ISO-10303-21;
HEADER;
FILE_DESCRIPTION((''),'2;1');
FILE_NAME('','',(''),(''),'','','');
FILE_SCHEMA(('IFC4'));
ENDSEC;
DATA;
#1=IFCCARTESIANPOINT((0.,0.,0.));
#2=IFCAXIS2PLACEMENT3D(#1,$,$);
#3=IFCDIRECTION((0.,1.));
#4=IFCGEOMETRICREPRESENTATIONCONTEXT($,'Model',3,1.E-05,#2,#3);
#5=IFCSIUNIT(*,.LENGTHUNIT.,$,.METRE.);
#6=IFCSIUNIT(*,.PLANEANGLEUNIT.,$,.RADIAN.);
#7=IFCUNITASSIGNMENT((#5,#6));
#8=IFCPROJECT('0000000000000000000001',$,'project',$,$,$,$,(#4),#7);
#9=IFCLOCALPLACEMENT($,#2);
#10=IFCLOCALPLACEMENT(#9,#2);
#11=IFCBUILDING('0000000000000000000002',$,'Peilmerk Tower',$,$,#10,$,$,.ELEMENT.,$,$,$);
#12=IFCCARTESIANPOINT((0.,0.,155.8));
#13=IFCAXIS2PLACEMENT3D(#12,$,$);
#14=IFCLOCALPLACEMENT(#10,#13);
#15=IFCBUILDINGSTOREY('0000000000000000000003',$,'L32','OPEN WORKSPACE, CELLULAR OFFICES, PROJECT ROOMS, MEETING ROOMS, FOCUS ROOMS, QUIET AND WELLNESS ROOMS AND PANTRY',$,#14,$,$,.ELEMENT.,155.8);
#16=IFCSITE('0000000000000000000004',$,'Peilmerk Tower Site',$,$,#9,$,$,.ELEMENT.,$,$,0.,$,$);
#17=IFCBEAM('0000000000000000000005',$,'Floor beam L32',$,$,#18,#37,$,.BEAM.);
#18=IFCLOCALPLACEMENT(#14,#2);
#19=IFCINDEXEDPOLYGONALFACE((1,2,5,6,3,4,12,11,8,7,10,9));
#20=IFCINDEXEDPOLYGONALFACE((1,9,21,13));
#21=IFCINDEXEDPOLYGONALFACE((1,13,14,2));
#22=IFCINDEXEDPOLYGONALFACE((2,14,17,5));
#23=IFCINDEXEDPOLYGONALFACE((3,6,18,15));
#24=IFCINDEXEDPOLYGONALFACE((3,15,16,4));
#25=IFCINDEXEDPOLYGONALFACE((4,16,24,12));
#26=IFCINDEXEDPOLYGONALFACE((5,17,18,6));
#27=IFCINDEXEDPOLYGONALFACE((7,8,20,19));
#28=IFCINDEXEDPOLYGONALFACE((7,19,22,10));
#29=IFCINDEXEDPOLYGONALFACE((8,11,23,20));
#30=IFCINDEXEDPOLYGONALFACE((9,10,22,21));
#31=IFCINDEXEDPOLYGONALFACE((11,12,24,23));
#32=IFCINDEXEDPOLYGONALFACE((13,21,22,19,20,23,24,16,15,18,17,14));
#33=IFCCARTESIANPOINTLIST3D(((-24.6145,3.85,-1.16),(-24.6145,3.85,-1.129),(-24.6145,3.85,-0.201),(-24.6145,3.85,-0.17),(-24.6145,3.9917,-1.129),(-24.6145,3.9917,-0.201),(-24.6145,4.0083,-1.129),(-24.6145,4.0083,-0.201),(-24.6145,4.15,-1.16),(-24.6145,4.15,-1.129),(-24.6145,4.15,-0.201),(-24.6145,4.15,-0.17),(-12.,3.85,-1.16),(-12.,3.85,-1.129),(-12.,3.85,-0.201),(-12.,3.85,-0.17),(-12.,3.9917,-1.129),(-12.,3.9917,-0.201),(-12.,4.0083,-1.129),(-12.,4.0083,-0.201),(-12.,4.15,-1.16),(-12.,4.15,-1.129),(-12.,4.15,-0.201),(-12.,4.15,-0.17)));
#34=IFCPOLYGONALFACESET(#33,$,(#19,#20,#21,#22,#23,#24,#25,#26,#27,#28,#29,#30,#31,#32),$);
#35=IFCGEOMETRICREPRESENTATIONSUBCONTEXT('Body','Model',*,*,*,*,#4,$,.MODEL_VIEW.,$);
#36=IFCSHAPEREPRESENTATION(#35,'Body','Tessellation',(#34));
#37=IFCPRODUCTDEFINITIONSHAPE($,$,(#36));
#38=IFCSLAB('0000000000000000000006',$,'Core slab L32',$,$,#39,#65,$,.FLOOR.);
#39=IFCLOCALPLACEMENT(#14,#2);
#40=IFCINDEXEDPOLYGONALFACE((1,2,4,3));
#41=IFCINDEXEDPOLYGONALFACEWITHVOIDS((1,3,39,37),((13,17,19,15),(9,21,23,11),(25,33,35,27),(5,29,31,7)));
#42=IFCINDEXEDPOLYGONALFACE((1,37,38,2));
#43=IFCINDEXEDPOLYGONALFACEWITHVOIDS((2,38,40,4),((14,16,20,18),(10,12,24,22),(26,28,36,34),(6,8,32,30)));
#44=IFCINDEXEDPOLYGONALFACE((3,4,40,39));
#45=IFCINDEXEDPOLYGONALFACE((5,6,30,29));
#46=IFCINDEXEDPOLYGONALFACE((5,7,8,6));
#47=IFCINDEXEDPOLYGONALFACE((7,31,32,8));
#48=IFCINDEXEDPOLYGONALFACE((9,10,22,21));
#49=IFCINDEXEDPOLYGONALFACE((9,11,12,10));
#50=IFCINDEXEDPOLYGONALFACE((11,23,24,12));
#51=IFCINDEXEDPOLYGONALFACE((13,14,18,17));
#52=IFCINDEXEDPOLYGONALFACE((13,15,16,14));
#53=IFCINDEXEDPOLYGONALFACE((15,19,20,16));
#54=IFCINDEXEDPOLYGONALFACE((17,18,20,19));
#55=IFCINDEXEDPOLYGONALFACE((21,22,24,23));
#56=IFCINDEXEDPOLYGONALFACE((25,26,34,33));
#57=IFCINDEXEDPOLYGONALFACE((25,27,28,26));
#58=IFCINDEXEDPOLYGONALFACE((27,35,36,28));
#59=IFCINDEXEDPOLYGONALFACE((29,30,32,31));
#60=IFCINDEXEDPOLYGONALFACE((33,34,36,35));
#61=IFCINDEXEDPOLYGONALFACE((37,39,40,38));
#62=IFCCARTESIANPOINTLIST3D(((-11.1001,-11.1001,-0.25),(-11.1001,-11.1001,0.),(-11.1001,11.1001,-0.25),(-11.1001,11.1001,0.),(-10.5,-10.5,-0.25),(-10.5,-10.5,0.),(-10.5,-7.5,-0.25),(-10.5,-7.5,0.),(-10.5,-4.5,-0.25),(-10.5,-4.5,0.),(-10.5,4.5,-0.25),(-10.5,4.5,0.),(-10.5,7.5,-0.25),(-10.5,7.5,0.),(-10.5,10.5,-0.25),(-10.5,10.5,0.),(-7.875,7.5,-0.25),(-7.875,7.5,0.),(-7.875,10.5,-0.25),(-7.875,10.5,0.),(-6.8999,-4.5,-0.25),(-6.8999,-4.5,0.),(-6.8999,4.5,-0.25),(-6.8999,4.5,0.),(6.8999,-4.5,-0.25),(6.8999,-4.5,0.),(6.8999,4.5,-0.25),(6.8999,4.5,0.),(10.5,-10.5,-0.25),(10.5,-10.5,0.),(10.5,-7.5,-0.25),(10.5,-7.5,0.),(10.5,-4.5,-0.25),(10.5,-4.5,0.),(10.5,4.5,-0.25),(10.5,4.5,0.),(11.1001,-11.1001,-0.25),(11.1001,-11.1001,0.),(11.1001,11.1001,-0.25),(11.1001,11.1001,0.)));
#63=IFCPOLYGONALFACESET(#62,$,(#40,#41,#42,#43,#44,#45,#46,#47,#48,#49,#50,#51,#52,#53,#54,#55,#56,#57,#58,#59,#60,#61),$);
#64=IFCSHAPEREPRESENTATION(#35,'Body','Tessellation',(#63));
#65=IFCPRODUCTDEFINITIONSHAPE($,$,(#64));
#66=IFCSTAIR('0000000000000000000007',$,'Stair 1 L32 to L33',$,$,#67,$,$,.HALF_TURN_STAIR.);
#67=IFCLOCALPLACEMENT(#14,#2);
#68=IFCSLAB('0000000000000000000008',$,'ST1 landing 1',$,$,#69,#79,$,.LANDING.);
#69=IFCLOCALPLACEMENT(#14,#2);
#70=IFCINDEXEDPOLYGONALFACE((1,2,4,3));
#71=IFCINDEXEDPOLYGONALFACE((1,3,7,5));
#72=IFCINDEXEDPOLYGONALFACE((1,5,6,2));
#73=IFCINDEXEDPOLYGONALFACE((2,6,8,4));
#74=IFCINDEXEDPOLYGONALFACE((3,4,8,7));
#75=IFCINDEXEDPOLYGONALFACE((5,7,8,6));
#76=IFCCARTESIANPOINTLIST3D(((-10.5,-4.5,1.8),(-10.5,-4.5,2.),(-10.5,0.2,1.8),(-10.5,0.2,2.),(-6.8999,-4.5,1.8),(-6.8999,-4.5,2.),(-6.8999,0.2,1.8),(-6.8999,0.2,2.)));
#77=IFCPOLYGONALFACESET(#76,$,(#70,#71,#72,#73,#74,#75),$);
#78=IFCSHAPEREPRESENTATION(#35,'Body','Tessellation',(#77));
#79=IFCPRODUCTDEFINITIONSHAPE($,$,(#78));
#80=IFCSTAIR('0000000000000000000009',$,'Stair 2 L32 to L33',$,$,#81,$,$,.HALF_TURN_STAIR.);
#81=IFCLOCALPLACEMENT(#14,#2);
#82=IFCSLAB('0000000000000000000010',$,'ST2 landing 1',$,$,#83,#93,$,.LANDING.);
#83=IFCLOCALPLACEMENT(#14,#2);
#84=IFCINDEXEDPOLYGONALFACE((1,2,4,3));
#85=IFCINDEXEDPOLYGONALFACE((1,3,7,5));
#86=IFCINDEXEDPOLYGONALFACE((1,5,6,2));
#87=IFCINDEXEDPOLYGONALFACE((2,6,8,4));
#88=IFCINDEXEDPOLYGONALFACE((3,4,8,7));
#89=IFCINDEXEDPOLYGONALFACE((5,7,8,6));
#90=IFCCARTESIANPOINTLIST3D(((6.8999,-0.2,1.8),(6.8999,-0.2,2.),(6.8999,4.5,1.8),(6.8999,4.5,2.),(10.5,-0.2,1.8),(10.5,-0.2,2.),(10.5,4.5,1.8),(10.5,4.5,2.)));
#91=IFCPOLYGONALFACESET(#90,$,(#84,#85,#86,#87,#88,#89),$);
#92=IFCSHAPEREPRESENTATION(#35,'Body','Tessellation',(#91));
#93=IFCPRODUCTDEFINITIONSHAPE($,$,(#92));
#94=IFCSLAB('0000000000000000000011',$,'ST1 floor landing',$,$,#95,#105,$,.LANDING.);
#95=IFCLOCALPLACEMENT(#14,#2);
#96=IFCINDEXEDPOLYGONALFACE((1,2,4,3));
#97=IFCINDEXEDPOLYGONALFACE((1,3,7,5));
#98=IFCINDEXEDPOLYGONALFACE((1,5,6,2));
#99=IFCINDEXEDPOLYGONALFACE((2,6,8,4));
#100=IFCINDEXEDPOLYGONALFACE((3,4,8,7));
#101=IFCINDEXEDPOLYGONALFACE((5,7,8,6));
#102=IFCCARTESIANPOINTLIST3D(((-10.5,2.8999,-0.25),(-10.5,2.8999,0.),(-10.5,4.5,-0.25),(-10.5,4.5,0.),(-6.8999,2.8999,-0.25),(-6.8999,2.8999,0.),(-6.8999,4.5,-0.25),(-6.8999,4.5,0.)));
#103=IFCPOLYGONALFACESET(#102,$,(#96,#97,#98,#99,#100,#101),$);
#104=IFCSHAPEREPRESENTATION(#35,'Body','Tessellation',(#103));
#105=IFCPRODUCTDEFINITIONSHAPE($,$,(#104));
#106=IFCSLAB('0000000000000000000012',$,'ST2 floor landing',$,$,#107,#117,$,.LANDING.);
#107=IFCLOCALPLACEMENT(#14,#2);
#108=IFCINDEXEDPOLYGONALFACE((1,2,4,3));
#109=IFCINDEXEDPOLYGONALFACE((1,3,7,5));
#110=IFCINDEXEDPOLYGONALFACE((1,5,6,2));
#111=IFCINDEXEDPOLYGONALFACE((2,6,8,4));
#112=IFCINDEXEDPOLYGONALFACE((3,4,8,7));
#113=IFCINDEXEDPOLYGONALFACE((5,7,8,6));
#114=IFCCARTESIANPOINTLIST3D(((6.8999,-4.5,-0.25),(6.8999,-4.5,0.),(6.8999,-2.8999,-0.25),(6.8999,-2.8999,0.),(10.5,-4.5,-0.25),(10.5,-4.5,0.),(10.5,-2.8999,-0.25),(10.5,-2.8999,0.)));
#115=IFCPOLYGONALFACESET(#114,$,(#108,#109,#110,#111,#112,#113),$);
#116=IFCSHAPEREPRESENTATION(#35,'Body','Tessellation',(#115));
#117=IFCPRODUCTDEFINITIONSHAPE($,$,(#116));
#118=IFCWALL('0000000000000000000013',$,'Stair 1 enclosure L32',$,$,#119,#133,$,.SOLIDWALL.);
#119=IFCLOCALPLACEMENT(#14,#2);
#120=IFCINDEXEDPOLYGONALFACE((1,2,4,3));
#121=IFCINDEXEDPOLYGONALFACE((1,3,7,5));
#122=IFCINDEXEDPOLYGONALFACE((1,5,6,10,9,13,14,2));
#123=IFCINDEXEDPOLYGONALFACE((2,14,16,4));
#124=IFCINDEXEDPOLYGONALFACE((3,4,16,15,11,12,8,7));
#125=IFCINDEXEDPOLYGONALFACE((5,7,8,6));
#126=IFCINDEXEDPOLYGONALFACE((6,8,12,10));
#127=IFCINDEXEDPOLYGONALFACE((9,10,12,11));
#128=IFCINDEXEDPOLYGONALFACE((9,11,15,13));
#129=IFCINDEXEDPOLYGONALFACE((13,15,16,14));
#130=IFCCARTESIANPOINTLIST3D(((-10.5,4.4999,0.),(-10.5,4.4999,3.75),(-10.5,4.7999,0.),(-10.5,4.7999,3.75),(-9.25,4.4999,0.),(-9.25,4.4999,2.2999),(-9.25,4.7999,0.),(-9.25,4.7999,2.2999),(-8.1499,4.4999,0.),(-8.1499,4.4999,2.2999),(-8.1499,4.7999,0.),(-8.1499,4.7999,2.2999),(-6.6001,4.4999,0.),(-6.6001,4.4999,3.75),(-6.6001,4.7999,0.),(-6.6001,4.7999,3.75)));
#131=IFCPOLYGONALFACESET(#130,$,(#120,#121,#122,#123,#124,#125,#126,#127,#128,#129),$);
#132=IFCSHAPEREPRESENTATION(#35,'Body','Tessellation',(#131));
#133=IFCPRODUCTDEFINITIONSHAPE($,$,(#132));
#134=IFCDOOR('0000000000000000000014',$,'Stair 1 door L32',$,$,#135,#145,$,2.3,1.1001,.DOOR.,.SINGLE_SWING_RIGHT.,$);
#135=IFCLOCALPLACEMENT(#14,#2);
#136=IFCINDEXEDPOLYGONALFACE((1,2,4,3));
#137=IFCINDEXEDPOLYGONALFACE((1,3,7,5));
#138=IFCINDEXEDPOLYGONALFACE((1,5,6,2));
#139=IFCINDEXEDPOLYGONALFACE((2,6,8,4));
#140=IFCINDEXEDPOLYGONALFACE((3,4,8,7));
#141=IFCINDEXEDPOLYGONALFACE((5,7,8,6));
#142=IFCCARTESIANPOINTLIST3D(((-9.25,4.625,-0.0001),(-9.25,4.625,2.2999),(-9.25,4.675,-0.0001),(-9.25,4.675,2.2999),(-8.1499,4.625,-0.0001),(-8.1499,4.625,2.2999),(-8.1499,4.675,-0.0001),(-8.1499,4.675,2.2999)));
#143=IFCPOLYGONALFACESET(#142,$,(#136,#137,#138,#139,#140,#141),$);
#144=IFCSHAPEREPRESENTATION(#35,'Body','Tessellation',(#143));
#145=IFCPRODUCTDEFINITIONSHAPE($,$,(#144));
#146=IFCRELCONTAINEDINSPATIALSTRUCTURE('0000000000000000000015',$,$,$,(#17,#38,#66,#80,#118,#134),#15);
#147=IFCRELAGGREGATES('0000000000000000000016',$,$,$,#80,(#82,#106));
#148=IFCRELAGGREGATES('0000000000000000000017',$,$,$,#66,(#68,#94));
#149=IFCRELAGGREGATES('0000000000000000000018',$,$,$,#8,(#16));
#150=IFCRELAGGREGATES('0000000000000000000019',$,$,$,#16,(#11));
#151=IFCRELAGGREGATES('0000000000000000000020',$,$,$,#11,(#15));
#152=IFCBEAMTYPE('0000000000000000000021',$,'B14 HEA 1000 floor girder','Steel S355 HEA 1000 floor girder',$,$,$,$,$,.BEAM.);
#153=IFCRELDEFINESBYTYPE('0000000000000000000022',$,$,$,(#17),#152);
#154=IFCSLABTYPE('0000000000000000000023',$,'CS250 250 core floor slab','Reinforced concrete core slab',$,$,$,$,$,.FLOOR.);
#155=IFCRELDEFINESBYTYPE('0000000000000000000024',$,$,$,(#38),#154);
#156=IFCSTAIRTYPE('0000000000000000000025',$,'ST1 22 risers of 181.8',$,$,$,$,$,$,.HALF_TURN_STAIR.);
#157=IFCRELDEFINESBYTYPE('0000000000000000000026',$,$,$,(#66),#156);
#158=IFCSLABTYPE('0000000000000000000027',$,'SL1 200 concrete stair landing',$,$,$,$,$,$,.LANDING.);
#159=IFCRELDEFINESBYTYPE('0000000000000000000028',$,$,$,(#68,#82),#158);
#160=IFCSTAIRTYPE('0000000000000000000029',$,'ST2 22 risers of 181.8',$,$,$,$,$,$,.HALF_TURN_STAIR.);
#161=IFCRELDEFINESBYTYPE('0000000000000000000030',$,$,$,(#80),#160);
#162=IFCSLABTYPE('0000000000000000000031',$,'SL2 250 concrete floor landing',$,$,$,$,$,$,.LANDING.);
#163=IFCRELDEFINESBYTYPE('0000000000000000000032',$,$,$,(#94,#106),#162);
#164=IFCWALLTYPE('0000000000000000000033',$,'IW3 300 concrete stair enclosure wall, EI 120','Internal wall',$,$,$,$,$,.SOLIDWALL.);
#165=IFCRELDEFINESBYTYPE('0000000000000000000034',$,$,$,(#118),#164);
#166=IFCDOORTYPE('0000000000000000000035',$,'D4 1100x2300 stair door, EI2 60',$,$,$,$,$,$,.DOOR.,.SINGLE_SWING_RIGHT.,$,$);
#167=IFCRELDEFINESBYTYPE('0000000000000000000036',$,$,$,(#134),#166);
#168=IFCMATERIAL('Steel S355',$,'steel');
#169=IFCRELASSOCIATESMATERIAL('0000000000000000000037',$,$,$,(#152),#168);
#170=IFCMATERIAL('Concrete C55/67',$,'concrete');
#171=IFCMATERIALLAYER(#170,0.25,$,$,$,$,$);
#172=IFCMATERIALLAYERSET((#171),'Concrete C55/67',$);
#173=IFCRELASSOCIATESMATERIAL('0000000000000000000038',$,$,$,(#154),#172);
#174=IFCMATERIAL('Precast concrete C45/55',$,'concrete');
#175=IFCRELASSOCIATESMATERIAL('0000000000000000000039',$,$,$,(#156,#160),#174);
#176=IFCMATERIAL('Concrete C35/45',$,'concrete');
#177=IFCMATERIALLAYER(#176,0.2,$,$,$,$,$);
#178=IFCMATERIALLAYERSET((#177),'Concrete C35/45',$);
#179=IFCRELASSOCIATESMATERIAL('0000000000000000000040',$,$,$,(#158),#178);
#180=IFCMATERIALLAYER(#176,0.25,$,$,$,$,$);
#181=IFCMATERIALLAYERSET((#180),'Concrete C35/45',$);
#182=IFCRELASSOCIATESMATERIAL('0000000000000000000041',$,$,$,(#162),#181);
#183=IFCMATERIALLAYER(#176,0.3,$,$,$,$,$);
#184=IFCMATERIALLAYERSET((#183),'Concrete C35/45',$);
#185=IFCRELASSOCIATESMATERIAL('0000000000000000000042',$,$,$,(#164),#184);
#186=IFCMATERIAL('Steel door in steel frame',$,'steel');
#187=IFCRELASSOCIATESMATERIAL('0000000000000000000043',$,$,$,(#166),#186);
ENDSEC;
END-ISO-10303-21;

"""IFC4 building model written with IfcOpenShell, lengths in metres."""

from ifc_helpers import new_model, si_unit, direction, frame, frame_2d, origin, origin_2d, place, context, subcontext, project, spatial, polyline, rectangle, i_section, outline, extrude, material, layer, layer_set, material_profile, profile_set, type_object, element, fill, aggregate, save


model = new_model("IFC4")

# Units and contexts
model_context = context("Model", 3, precision=1e-05, world=origin(), true_north=direction((0.0, 1.0)))
body_context = subcontext(model_context, "Body", "Model", "MODEL_VIEW")
ifc_project = project(units=[si_unit("LENGTHUNIT", "METRE"), si_unit("PLANEANGLEUNIT", "RADIAN")], contexts=[model_context])

# Site, building, storey
site_placement = place(None, origin())
site = spatial("IfcSite", under=ifc_project, at=site_placement, Name="Peilmerk Tower Site", CompositionType="ELEMENT", RefElevation=0.0)
building_placement = place(site_placement, origin())
building = spatial("IfcBuilding", under=site, at=building_placement, Name="Peilmerk Tower", CompositionType="ELEMENT")
storey_placement = place(building_placement, frame((0.0, 0.0, 155.8)))
storey = spatial("IfcBuildingStorey", under=building, at=storey_placement, Name="L32", Description="OPEN WORKSPACE, CELLULAR OFFICES, PROJECT ROOMS, MEETING ROOMS, FOCUS ROOMS, QUIET AND WELLNESS ROOMS AND PANTRY", CompositionType="ELEMENT", Elevation=155.8)

# Beam
ifc_material_1 = material(Name="Steel S355", Category="steel")
ifc_material_profile = material_profile(ifc_material_1, i_section(OverallWidth=0.3, OverallDepth=0.99, WebThickness=0.0166, FlangeThickness=0.031, at=origin_2d()), Name="HEA 1000")
ifc_profile_set = profile_set([ifc_material_profile], Name="Steel S355")
beam_type = type_object("IfcBeamType", Name="B14 HEA 1000 floor girder", Description="Steel S355 HEA 1000 floor girder", PredefinedType="BEAM", material=ifc_profile_set)
beam_placement = place(storey_placement, frame((-12.0, 4.0, -0.665), z_axis=(-1.0, 0.0, 0.0), x_axis=(0.0, -1.0, 0.0)))
element("IfcBeam", 1, at=beam_placement, inside=storey, type_object=beam_type, Name="Floor beam L32", PredefinedType="BEAM", context=body_context, shape_type="SweptSolid", body=[
    extrude(i_section(OverallWidth=0.3, OverallDepth=0.99, WebThickness=0.0166, FlangeThickness=0.031, at=origin_2d()), origin(), (0.0, 0.0, 1.0), 12.6145),
])

# Slab
ifc_material_2 = material(Name="Concrete C55/67", Category="concrete")
ifc_layer_1 = layer(ifc_material_2, 0.25)
ifc_layer_set_1 = layer_set([ifc_layer_1], Name="Concrete C55/67")
slab_type_1 = type_object("IfcSlabType", Name="CS250 250 core floor slab", Description="Reinforced concrete core slab", PredefinedType="FLOOR", material=ifc_layer_set_1)
slab_1_placement = place(storey_placement, frame((0.0, 0.0, -0.25)))
element("IfcSlab", 2, at=slab_1_placement, inside=storey, type_object=slab_type_1, Name="Core slab L32", PredefinedType="FLOOR", context=body_context, shape_type="SweptSolid", body=[
    extrude(outline(polyline([(11.1001, 11.1001), (-11.1001, 11.1001), (-11.1001, -11.1001), (11.1001, -11.1001), (11.1001, 11.1001)]), holes=[polyline([(-10.5, 7.5), (-10.5, 10.5), (-7.875, 10.5), (-7.875, 7.5), (-10.5, 7.5)]), polyline([(-10.5, -10.5), (-10.5, -7.5), (10.5, -7.5), (10.5, -10.5), (-10.5, -10.5)]), polyline([(-10.5, 4.5), (-6.8999, 4.5), (-6.8999, -4.5), (-10.5, -4.5), (-10.5, 4.5)]), polyline([(10.5, 4.5), (10.5, -4.5), (6.8999, -4.5), (6.8999, 4.5), (10.5, 4.5)])]), origin(), (0.0, 0.0, 1.0), 0.25),
])

# Stairs, slabs
ifc_material_3 = material(Name="Precast concrete C45/55", Category="concrete")
stair_type_1 = type_object("IfcStairType", Name="ST1 22 risers of 181.8", PredefinedType="HALF_TURN_STAIR", material=ifc_material_3)
stair_1_placement = place(storey_placement, origin())
stair_1 = element("IfcStair", 3, at=stair_1_placement, inside=storey, type_object=stair_type_1, Name="Stair 1 L32 to L33", PredefinedType="HALF_TURN_STAIR")
ifc_material_4 = material(Name="Concrete C35/45", Category="concrete")
ifc_layer_2 = layer(ifc_material_4, 0.2)
ifc_layer_set_2 = layer_set([ifc_layer_2], Name="Concrete C35/45")
slab_type_2 = type_object("IfcSlabType", Name="SL1 200 concrete stair landing", PredefinedType="LANDING", material=ifc_layer_set_2)
slab_2_placement = place(storey_placement, frame((0.0, 0.0, 1.8)))
slab_2 = element("IfcSlab", 4, at=slab_2_placement, type_object=slab_type_2, Name="ST1 landing 1", PredefinedType="LANDING", context=body_context, shape_type="SweptSolid", body=[
    extrude(outline(polyline([(-10.5, -4.5), (-6.8999, -4.5), (-6.8999, 0.2), (-10.5, 0.2), (-10.5, -4.5)])), origin(), (0.0, 0.0, 1.0), 0.2),
])
stair_type_2 = type_object("IfcStairType", Name="ST2 22 risers of 181.8", PredefinedType="HALF_TURN_STAIR", material=ifc_material_3)
stair_2_placement = place(storey_placement, origin())
stair_2 = element("IfcStair", 5, at=stair_2_placement, inside=storey, type_object=stair_type_2, Name="Stair 2 L32 to L33", PredefinedType="HALF_TURN_STAIR")
slab_3_placement = place(storey_placement, frame((0.0, 0.0, 1.8)))
slab_3 = element("IfcSlab", 6, at=slab_3_placement, type_object=slab_type_2, Name="ST2 landing 1", PredefinedType="LANDING", context=body_context, shape_type="SweptSolid", body=[
    extrude(outline(polyline([(6.8999, -0.2), (10.5, -0.2), (10.5, 4.5), (6.8999, 4.5), (6.8999, -0.2)])), origin(), (0.0, 0.0, 1.0), 0.2),
])

# Slabs
ifc_layer_3 = layer(ifc_material_4, 0.25)
ifc_layer_set_3 = layer_set([ifc_layer_3], Name="Concrete C35/45")
slab_type_3 = type_object("IfcSlabType", Name="SL2 250 concrete floor landing", PredefinedType="LANDING", material=ifc_layer_set_3)
slab_4_placement = place(storey_placement, frame((0.0, 0.0, -0.25)))
slab_4 = element("IfcSlab", 7, at=slab_4_placement, type_object=slab_type_3, Name="ST1 floor landing", PredefinedType="LANDING", context=body_context, shape_type="SweptSolid", body=[
    extrude(outline(polyline([(-10.5, 2.8999), (-6.8999, 2.8999), (-6.8999, 4.5), (-10.5, 4.5), (-10.5, 2.8999)])), origin(), (0.0, 0.0, 1.0), 0.25),
])
slab_5_placement = place(storey_placement, frame((0.0, 0.0, -0.25)))
slab_5 = element("IfcSlab", 8, at=slab_5_placement, type_object=slab_type_3, Name="ST2 floor landing", PredefinedType="LANDING", context=body_context, shape_type="SweptSolid", body=[
    extrude(outline(polyline([(6.8999, -4.5), (10.5, -4.5), (10.5, -2.8999), (6.8999, -2.8999), (6.8999, -4.5)])), origin(), (0.0, 0.0, 1.0), 0.25),
])
aggregate(stair_2, [slab_3, slab_5])

# Wall, opening, door
ifc_layer_4 = layer(ifc_material_4, 0.3)
ifc_layer_set_4 = layer_set([ifc_layer_4], Name="Concrete C35/45")
wall_type_1 = type_object("IfcWallType", Name="IW3 300 concrete stair enclosure wall, EI 120", Description="Internal wall", PredefinedType="SOLIDWALL", material=ifc_layer_set_4)
wall_1_placement = place(storey_placement, frame((-10.5, 4.6499, 0.0), z_axis=(0.0, 0.0, 1.0), x_axis=(1.0, 0.0, 0.0)))
wall_1 = element("IfcWall", 9, at=wall_1_placement, inside=storey, type_object=wall_type_1, Name="Stair 1 enclosure L32", PredefinedType="SOLIDWALL", context=body_context, shape_type="SweptSolid", body=[
    extrude(rectangle(XDim=3.8999, YDim=0.3, at=frame_2d((1.95, 0.0))), origin(), (0.0, 0.0, 1.0), 3.75),
])
opening_1_placement = place(wall_1_placement, frame((1.25, 0.0, 0.0)))
opening_1 = element("IfcOpeningElement", 10, at=opening_1_placement, cuts=wall_1, PredefinedType="OPENING", context=body_context, shape_type="SweptSolid", body=[
    extrude(rectangle(XDim=1.1001, YDim=2.3, at=frame_2d((0.55, 1.1499))), frame((0.0, 0.1599, 0.0), z_axis=(0.0, -1.0, 0.0), x_axis=(1.0, 0.0, 0.0)), (0.0, 0.0, 1.0), 0.3201),
])
ifc_material_5 = material(Name="Steel door in steel frame", Category="steel")
door_type_1 = type_object("IfcDoorType", Name="D4 1100x2300 stair door, EI2 60", OperationType="SINGLE_SWING_RIGHT", PredefinedType="DOOR", material=ifc_material_5)
door_1_placement = place(opening_1_placement, frame((1.1001, 0.0, 0.0), z_axis=(0.0, 0.0, 1.0), x_axis=(-1.0, 0.0, 0.0)))
door_1 = element("IfcDoor", 11, at=door_1_placement, inside=storey, type_object=door_type_1, Name="Stair 1 door L32", OperationType="SINGLE_SWING_RIGHT", OverallHeight=2.3, OverallWidth=1.1001, PredefinedType="DOOR", context=body_context, shape_type="SweptSolid", body=[
    extrude(rectangle(XDim=1.1001, YDim=2.3, at=frame_2d((0.55, 1.1499))), frame((0.0, 0.0249, 0.0), z_axis=(0.0, -1.0, 0.0), x_axis=(1.0, 0.0, 0.0)), (0.0, 0.0, 1.0), 0.05),
])
fill(opening_1, door_1)

aggregate(stair_1, [slab_2, slab_4])

save(model, "model.ifc")
